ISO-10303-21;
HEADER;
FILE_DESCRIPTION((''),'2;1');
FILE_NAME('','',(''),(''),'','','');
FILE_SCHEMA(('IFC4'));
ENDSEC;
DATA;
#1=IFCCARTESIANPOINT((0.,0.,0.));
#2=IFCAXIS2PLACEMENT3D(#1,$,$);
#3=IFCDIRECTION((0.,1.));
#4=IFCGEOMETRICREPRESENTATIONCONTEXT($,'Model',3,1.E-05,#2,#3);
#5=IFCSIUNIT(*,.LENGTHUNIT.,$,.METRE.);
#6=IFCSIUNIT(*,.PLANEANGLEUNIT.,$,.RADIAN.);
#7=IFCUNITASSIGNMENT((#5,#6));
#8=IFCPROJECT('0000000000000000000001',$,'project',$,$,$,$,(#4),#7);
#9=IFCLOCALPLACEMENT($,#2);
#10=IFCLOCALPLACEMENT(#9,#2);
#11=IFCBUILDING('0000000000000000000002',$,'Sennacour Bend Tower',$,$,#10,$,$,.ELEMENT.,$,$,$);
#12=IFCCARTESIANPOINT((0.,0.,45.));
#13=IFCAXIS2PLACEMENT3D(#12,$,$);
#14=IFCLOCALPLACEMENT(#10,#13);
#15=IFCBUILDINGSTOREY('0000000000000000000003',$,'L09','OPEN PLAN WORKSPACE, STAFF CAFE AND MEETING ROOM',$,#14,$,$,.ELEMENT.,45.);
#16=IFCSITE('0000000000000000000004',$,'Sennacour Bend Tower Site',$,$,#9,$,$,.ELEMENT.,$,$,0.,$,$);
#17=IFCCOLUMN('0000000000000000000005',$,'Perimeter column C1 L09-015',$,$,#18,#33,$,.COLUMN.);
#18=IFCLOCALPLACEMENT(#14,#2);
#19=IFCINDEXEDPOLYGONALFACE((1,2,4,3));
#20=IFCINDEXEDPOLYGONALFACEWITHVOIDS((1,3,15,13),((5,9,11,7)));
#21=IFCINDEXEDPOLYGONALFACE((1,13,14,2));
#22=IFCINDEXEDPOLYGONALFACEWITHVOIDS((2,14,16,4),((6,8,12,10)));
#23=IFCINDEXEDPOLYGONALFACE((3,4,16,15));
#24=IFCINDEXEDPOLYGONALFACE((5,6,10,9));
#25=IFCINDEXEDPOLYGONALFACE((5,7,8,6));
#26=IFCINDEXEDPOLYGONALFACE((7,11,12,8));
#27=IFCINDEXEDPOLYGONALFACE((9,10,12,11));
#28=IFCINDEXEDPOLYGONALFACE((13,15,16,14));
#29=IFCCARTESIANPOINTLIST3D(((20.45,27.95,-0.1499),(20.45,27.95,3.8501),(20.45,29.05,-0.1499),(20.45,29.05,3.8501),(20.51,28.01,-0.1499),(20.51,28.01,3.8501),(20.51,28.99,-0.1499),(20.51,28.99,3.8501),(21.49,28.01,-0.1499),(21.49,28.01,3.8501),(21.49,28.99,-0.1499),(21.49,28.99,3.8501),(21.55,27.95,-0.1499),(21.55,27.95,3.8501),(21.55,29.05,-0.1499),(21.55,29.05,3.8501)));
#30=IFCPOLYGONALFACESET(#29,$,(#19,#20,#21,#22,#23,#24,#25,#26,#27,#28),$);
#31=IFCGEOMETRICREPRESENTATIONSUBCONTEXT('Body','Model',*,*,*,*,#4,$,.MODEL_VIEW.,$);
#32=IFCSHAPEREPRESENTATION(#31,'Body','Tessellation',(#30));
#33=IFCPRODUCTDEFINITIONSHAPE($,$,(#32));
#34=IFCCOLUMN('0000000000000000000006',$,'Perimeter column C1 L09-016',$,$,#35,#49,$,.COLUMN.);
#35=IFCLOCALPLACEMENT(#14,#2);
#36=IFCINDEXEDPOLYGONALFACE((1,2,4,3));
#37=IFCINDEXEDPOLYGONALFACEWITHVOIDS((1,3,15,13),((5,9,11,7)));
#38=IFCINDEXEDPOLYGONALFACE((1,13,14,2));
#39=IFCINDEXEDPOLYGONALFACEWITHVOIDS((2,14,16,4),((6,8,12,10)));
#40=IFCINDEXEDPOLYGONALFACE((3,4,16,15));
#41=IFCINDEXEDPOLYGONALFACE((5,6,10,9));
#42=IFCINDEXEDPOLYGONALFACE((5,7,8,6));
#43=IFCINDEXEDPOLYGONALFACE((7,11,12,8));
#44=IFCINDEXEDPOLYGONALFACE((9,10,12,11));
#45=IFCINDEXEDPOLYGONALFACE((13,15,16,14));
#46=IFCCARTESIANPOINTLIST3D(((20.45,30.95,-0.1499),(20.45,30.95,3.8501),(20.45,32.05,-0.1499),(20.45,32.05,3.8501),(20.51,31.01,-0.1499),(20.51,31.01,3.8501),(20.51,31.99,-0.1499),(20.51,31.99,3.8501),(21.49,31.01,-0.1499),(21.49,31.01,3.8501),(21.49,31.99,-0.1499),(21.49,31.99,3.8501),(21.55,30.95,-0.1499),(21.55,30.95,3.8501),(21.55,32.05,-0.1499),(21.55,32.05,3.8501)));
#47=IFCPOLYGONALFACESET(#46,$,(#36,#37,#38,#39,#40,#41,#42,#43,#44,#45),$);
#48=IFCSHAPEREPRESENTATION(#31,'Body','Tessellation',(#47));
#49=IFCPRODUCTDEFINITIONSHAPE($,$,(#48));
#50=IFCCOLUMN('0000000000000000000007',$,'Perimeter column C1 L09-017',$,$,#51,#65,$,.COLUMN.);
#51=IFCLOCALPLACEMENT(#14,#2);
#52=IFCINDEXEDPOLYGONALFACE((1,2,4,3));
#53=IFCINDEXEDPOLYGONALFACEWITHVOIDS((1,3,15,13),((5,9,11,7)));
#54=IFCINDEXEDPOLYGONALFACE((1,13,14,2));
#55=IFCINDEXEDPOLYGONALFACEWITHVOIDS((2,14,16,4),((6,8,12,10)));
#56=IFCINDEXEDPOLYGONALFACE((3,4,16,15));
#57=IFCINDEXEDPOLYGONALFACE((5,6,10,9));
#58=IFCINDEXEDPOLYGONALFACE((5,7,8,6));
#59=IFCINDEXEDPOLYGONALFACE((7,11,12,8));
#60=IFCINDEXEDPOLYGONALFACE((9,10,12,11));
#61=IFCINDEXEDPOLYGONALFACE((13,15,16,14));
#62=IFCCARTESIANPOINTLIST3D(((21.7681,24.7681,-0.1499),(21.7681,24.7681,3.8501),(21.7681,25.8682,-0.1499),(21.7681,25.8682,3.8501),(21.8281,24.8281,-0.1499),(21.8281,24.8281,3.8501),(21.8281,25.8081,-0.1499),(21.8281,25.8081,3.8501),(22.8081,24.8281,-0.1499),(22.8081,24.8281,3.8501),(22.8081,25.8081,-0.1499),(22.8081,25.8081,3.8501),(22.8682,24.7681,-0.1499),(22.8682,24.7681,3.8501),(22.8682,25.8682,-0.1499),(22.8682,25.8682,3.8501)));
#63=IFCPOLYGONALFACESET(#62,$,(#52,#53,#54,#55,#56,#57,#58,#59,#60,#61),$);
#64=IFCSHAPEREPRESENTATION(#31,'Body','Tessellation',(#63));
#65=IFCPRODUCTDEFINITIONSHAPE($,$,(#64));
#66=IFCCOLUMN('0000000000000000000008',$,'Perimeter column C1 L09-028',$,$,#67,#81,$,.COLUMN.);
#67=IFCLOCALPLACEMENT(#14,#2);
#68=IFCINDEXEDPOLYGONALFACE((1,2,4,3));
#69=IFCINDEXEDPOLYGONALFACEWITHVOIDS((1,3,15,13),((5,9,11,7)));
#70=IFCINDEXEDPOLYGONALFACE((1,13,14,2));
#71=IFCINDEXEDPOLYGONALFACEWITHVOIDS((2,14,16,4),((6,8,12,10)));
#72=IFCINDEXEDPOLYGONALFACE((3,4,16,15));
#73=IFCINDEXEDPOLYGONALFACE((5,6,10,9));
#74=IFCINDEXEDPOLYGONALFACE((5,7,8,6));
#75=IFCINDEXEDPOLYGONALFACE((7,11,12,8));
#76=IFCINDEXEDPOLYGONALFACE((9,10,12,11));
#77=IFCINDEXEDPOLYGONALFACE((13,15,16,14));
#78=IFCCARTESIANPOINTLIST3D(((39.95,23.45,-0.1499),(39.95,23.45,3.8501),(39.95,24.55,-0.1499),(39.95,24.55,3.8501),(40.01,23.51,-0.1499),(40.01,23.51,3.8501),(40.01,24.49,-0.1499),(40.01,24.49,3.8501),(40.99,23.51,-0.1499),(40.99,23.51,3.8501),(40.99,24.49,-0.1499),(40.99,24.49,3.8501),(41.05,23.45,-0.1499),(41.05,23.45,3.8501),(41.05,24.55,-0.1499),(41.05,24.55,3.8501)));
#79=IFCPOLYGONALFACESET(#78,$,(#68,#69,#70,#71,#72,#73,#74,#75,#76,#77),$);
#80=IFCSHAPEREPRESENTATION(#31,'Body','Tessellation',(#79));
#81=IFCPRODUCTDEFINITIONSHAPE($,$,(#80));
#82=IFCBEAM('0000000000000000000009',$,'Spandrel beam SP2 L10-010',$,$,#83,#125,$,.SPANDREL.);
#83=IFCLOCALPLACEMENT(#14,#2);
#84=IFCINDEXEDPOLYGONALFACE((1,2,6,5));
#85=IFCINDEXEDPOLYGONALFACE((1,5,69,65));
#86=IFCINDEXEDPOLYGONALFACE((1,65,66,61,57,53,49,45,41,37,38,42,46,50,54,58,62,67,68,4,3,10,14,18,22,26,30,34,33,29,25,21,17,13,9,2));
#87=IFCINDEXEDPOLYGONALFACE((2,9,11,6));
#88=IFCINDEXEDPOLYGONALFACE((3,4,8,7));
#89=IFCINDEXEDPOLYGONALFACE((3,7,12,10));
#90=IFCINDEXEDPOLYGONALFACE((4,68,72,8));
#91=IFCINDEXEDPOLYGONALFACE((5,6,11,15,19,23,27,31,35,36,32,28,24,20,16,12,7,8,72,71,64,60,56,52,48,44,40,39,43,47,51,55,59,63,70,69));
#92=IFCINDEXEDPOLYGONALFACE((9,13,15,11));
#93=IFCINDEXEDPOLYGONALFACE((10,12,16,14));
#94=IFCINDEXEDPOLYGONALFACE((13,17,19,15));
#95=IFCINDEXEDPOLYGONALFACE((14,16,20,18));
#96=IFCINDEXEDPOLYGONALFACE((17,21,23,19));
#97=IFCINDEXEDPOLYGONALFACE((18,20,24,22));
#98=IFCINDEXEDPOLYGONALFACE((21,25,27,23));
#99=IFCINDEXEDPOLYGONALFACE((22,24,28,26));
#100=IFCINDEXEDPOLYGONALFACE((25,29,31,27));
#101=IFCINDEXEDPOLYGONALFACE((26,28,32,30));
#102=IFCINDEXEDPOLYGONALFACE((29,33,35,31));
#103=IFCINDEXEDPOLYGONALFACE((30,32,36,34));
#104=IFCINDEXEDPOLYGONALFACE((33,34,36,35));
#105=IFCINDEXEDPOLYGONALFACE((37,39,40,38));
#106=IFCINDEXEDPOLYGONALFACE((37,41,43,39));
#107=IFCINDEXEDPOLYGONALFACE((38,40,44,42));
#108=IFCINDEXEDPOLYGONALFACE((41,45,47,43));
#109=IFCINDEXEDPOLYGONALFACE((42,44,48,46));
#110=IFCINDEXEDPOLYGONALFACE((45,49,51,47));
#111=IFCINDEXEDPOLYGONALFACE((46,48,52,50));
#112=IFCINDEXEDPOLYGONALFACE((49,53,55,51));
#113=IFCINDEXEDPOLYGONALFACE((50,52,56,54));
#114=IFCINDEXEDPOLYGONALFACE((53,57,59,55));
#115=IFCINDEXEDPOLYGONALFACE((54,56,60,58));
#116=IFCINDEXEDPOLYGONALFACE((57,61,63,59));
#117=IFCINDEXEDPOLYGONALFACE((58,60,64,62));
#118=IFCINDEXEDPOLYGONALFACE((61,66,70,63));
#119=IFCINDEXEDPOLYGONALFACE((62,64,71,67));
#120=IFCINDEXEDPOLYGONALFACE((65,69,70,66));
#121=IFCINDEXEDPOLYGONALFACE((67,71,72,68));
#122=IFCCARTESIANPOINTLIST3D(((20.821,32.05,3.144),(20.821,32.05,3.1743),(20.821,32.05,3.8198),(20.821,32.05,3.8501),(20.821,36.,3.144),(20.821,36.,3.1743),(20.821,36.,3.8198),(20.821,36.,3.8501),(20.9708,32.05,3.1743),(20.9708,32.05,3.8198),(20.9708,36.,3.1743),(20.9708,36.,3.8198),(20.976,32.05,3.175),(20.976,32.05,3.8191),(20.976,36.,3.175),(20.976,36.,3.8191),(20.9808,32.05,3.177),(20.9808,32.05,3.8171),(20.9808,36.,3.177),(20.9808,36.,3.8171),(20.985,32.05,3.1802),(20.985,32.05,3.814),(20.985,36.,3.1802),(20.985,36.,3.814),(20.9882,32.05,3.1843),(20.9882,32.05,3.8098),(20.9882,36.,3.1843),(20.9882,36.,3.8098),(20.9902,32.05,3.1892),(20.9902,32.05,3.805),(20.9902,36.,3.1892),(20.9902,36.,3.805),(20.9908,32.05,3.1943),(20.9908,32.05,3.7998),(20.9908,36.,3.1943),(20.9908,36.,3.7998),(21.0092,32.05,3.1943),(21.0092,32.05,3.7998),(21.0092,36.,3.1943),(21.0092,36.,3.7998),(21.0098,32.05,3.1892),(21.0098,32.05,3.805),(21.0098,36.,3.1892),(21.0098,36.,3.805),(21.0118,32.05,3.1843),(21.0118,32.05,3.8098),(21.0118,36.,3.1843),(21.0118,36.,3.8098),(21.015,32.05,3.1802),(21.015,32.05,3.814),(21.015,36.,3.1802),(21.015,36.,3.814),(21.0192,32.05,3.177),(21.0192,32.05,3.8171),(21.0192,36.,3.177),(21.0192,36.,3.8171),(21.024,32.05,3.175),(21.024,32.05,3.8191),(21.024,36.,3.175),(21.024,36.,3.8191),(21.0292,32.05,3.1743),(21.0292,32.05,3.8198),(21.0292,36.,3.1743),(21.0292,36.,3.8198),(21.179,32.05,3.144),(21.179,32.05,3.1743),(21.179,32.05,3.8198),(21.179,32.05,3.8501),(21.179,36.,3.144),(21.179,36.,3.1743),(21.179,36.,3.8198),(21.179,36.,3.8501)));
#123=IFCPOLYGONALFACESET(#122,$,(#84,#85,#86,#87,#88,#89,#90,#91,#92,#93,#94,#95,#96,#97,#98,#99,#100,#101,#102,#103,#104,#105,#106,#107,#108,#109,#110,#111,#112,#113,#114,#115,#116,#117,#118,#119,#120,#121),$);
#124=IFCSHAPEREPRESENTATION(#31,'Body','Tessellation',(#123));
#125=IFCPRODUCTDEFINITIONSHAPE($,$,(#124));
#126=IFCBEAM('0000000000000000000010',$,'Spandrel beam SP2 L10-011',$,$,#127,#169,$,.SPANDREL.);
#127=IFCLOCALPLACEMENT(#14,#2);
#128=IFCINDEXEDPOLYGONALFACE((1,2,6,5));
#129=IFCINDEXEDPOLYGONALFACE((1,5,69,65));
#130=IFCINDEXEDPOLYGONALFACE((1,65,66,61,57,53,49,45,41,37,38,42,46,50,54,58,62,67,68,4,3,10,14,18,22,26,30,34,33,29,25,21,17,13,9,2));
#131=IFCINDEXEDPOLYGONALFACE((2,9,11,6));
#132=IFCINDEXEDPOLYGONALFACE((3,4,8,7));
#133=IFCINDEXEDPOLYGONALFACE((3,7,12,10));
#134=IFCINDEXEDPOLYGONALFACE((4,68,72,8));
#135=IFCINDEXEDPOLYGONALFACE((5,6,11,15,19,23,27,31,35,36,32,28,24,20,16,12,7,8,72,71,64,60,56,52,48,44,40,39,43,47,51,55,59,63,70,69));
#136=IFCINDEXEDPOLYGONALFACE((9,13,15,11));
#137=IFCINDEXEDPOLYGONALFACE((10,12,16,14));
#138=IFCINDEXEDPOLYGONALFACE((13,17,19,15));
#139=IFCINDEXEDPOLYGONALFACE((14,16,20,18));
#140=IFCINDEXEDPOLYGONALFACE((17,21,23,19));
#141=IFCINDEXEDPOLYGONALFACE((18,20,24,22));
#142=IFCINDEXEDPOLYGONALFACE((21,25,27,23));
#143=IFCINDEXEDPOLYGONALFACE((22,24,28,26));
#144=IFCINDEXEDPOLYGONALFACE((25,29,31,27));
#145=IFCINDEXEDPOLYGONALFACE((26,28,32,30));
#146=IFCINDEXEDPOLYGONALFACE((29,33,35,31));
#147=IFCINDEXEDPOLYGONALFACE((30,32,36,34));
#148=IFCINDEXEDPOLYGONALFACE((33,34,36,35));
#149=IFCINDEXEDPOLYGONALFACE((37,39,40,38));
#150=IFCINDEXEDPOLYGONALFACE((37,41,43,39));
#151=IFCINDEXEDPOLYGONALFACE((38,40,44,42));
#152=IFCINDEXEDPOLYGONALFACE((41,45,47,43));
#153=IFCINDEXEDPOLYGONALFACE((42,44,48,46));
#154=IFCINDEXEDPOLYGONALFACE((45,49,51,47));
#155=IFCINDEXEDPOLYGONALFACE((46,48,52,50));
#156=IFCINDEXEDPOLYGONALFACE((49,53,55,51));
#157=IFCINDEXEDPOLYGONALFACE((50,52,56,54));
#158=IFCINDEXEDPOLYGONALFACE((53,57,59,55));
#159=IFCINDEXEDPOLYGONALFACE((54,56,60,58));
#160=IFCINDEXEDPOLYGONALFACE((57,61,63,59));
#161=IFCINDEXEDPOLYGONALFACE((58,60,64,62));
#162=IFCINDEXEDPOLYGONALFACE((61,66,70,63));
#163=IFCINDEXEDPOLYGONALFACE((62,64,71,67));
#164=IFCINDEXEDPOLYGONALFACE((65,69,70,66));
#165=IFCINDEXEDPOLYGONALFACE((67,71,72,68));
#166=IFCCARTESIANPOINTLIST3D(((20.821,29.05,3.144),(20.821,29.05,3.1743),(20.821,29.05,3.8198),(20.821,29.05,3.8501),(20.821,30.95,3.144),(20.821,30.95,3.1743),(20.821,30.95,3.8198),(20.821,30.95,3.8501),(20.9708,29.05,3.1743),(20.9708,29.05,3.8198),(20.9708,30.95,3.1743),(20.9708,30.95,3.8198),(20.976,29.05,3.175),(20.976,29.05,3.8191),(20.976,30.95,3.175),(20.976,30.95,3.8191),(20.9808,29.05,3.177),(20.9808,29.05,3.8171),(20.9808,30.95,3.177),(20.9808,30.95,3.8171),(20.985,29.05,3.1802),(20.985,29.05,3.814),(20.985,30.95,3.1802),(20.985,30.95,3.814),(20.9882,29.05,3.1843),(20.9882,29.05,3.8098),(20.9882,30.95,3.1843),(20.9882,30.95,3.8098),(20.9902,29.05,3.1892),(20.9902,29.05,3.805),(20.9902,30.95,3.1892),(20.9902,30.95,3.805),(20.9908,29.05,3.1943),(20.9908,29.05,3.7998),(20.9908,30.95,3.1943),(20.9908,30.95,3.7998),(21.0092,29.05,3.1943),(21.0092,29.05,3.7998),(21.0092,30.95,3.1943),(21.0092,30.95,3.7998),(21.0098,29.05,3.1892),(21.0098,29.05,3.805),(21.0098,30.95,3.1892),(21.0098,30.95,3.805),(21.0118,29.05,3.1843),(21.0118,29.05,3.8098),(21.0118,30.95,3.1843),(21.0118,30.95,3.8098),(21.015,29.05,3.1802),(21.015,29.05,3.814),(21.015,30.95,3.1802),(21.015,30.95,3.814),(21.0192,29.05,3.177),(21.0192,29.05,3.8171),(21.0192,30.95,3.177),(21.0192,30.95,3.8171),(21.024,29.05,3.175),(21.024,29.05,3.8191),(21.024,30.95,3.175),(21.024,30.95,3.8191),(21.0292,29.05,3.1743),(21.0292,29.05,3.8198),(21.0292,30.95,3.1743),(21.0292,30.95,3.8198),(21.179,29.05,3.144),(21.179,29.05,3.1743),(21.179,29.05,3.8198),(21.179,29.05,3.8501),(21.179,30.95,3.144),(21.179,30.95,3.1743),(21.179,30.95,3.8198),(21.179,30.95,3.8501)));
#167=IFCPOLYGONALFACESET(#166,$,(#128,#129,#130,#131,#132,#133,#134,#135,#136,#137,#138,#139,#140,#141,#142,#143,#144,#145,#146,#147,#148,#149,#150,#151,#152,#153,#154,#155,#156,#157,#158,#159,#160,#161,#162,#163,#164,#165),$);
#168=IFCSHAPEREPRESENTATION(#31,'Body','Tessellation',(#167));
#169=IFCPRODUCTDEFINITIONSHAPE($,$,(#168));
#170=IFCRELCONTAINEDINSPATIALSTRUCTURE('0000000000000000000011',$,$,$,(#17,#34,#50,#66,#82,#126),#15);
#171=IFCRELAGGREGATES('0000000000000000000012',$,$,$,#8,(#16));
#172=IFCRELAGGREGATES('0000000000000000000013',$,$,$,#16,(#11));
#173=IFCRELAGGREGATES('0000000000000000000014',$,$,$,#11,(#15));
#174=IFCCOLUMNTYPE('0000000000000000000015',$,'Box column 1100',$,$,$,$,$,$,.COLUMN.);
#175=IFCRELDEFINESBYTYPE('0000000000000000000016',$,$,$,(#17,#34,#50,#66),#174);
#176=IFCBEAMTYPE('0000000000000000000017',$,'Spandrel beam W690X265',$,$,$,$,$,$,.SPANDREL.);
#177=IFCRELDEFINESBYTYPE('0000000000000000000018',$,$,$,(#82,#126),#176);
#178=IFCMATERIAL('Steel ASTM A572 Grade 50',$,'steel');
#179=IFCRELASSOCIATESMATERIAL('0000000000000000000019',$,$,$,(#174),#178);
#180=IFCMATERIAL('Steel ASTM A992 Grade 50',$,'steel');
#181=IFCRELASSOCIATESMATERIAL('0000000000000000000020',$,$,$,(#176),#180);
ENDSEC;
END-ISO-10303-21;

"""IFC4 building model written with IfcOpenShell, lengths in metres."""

from ifc_helpers import new_model, si_unit, direction, frame, origin, origin_2d, place, context, subcontext, project, spatial, hollow_rectangle, i_section, extrude, material, material_profile, profile_set, type_object, element, save


model = new_model("IFC4")

# Units and contexts
model_context = context("Model", 3, precision=1e-05, world=origin(), true_north=direction((0.0, 1.0)))
body_context = subcontext(model_context, "Body", "Model", "MODEL_VIEW")
ifc_project = project(units=[si_unit("LENGTHUNIT", "METRE"), si_unit("PLANEANGLEUNIT", "RADIAN")], contexts=[model_context])

# Site, building, storey
site_placement = place(None, origin())
site = spatial("IfcSite", under=ifc_project, at=site_placement, Name="Sennacour Bend Tower Site", CompositionType="ELEMENT", RefElevation=0.0)
building_placement = place(site_placement, origin())
building = spatial("IfcBuilding", under=site, at=building_placement, Name="Sennacour Bend Tower", CompositionType="ELEMENT")
storey_placement = place(building_placement, frame((0.0, 0.0, 45.0)))
storey = spatial("IfcBuildingStorey", under=building, at=storey_placement, Name="L09", Description="OPEN PLAN WORKSPACE, STAFF CAFE AND MEETING ROOM", CompositionType="ELEMENT", Elevation=45.0)

# Columns
ifc_material_1 = material(Name="Steel ASTM A572 Grade 50", Category="steel")
ifc_material_profile_1 = material_profile(ifc_material_1, hollow_rectangle(XDim=1.1001, YDim=1.1001, WallThickness=0.0601, at=origin_2d()), Name="Steel ASTM A572 Grade 50", Category="steel")
ifc_profile_set_1 = profile_set([ifc_material_profile_1], Name="Steel ASTM A572 Grade 50")
column_type = type_object("IfcColumnType", Name="Box column 1100", PredefinedType="COLUMN", material=ifc_profile_set_1)
for number, where, z_axis, x_axis, name in (
    (1, (21.0, 28.5, -0.1499), (0.0, 0.0, 1.0), (1.0, 0.0, 0.0), "Perimeter column C1 L09-015"),
    (2, (21.0, 31.5, -0.1499), (0.0, 0.0, 1.0), (1.0, 0.0, 0.0), "Perimeter column C1 L09-016"),
    (3, (22.3181, 25.3181, -0.1499), (0.0, 0.0, 1.0), (1.0, 0.0, 0.0), "Perimeter column C1 L09-017"),
    (4, (40.5, 24.0, -0.1499), (0.0, 0.0, 1.0), (1.0, 0.0, 0.0), "Perimeter column C1 L09-028"),
):
    element("IfcColumn", number, at=place(storey_placement, frame(where, z_axis=z_axis, x_axis=x_axis)), inside=storey, type_object=column_type, Name=name, PredefinedType="COLUMN", context=body_context, shape_type="SweptSolid", body=[
        extrude(hollow_rectangle(XDim=1.1001, YDim=1.1001, WallThickness=0.0601, at=origin_2d()), origin(), (0.0, 0.0, 1.0), 4.0),
    ])

# Beams
ifc_material_2 = material(Name="Steel ASTM A992 Grade 50", Category="steel")
ifc_material_profile_2 = material_profile(ifc_material_2, i_section(OverallWidth=0.3579, OverallDepth=0.7061, WebThickness=0.0183, FlangeThickness=0.0303, FilletRadius=0.02, at=origin_2d()), Name="Steel ASTM A992 Grade 50", Category="steel")
ifc_profile_set_2 = profile_set([ifc_material_profile_2], Name="Steel ASTM A992 Grade 50")
beam_type = type_object("IfcBeamType", Name="Spandrel beam W690X265", PredefinedType="SPANDREL", material=ifc_profile_set_2)
beam_1_placement = place(storey_placement, frame((21.0, 36.0, 3.4971), z_axis=(0.0, -1.0, 0.0), x_axis=(1.0, 0.0, 0.0)))
element("IfcBeam", 5, at=beam_1_placement, inside=storey, type_object=beam_type, Name="Spandrel beam SP2 L10-010", PredefinedType="SPANDREL", context=body_context, shape_type="SweptSolid", body=[
    extrude(i_section(OverallWidth=0.3579, OverallDepth=0.7061, WebThickness=0.0183, FlangeThickness=0.0303, FilletRadius=0.02, at=origin_2d()), origin(), (0.0, 0.0, 1.0), 3.95),
])
beam_2_placement = place(storey_placement, frame((21.0, 30.95, 3.4971), z_axis=(0.0, -1.0, 0.0), x_axis=(1.0, 0.0, 0.0)))
element("IfcBeam", 6, at=beam_2_placement, inside=storey, type_object=beam_type, Name="Spandrel beam SP2 L10-011", PredefinedType="SPANDREL", context=body_context, shape_type="SweptSolid", body=[
    extrude(i_section(OverallWidth=0.3579, OverallDepth=0.7061, WebThickness=0.0183, FlangeThickness=0.0303, FilletRadius=0.02, at=origin_2d()), origin(), (0.0, 0.0, 1.0), 1.8999),
])

save(model, "model.ifc")
